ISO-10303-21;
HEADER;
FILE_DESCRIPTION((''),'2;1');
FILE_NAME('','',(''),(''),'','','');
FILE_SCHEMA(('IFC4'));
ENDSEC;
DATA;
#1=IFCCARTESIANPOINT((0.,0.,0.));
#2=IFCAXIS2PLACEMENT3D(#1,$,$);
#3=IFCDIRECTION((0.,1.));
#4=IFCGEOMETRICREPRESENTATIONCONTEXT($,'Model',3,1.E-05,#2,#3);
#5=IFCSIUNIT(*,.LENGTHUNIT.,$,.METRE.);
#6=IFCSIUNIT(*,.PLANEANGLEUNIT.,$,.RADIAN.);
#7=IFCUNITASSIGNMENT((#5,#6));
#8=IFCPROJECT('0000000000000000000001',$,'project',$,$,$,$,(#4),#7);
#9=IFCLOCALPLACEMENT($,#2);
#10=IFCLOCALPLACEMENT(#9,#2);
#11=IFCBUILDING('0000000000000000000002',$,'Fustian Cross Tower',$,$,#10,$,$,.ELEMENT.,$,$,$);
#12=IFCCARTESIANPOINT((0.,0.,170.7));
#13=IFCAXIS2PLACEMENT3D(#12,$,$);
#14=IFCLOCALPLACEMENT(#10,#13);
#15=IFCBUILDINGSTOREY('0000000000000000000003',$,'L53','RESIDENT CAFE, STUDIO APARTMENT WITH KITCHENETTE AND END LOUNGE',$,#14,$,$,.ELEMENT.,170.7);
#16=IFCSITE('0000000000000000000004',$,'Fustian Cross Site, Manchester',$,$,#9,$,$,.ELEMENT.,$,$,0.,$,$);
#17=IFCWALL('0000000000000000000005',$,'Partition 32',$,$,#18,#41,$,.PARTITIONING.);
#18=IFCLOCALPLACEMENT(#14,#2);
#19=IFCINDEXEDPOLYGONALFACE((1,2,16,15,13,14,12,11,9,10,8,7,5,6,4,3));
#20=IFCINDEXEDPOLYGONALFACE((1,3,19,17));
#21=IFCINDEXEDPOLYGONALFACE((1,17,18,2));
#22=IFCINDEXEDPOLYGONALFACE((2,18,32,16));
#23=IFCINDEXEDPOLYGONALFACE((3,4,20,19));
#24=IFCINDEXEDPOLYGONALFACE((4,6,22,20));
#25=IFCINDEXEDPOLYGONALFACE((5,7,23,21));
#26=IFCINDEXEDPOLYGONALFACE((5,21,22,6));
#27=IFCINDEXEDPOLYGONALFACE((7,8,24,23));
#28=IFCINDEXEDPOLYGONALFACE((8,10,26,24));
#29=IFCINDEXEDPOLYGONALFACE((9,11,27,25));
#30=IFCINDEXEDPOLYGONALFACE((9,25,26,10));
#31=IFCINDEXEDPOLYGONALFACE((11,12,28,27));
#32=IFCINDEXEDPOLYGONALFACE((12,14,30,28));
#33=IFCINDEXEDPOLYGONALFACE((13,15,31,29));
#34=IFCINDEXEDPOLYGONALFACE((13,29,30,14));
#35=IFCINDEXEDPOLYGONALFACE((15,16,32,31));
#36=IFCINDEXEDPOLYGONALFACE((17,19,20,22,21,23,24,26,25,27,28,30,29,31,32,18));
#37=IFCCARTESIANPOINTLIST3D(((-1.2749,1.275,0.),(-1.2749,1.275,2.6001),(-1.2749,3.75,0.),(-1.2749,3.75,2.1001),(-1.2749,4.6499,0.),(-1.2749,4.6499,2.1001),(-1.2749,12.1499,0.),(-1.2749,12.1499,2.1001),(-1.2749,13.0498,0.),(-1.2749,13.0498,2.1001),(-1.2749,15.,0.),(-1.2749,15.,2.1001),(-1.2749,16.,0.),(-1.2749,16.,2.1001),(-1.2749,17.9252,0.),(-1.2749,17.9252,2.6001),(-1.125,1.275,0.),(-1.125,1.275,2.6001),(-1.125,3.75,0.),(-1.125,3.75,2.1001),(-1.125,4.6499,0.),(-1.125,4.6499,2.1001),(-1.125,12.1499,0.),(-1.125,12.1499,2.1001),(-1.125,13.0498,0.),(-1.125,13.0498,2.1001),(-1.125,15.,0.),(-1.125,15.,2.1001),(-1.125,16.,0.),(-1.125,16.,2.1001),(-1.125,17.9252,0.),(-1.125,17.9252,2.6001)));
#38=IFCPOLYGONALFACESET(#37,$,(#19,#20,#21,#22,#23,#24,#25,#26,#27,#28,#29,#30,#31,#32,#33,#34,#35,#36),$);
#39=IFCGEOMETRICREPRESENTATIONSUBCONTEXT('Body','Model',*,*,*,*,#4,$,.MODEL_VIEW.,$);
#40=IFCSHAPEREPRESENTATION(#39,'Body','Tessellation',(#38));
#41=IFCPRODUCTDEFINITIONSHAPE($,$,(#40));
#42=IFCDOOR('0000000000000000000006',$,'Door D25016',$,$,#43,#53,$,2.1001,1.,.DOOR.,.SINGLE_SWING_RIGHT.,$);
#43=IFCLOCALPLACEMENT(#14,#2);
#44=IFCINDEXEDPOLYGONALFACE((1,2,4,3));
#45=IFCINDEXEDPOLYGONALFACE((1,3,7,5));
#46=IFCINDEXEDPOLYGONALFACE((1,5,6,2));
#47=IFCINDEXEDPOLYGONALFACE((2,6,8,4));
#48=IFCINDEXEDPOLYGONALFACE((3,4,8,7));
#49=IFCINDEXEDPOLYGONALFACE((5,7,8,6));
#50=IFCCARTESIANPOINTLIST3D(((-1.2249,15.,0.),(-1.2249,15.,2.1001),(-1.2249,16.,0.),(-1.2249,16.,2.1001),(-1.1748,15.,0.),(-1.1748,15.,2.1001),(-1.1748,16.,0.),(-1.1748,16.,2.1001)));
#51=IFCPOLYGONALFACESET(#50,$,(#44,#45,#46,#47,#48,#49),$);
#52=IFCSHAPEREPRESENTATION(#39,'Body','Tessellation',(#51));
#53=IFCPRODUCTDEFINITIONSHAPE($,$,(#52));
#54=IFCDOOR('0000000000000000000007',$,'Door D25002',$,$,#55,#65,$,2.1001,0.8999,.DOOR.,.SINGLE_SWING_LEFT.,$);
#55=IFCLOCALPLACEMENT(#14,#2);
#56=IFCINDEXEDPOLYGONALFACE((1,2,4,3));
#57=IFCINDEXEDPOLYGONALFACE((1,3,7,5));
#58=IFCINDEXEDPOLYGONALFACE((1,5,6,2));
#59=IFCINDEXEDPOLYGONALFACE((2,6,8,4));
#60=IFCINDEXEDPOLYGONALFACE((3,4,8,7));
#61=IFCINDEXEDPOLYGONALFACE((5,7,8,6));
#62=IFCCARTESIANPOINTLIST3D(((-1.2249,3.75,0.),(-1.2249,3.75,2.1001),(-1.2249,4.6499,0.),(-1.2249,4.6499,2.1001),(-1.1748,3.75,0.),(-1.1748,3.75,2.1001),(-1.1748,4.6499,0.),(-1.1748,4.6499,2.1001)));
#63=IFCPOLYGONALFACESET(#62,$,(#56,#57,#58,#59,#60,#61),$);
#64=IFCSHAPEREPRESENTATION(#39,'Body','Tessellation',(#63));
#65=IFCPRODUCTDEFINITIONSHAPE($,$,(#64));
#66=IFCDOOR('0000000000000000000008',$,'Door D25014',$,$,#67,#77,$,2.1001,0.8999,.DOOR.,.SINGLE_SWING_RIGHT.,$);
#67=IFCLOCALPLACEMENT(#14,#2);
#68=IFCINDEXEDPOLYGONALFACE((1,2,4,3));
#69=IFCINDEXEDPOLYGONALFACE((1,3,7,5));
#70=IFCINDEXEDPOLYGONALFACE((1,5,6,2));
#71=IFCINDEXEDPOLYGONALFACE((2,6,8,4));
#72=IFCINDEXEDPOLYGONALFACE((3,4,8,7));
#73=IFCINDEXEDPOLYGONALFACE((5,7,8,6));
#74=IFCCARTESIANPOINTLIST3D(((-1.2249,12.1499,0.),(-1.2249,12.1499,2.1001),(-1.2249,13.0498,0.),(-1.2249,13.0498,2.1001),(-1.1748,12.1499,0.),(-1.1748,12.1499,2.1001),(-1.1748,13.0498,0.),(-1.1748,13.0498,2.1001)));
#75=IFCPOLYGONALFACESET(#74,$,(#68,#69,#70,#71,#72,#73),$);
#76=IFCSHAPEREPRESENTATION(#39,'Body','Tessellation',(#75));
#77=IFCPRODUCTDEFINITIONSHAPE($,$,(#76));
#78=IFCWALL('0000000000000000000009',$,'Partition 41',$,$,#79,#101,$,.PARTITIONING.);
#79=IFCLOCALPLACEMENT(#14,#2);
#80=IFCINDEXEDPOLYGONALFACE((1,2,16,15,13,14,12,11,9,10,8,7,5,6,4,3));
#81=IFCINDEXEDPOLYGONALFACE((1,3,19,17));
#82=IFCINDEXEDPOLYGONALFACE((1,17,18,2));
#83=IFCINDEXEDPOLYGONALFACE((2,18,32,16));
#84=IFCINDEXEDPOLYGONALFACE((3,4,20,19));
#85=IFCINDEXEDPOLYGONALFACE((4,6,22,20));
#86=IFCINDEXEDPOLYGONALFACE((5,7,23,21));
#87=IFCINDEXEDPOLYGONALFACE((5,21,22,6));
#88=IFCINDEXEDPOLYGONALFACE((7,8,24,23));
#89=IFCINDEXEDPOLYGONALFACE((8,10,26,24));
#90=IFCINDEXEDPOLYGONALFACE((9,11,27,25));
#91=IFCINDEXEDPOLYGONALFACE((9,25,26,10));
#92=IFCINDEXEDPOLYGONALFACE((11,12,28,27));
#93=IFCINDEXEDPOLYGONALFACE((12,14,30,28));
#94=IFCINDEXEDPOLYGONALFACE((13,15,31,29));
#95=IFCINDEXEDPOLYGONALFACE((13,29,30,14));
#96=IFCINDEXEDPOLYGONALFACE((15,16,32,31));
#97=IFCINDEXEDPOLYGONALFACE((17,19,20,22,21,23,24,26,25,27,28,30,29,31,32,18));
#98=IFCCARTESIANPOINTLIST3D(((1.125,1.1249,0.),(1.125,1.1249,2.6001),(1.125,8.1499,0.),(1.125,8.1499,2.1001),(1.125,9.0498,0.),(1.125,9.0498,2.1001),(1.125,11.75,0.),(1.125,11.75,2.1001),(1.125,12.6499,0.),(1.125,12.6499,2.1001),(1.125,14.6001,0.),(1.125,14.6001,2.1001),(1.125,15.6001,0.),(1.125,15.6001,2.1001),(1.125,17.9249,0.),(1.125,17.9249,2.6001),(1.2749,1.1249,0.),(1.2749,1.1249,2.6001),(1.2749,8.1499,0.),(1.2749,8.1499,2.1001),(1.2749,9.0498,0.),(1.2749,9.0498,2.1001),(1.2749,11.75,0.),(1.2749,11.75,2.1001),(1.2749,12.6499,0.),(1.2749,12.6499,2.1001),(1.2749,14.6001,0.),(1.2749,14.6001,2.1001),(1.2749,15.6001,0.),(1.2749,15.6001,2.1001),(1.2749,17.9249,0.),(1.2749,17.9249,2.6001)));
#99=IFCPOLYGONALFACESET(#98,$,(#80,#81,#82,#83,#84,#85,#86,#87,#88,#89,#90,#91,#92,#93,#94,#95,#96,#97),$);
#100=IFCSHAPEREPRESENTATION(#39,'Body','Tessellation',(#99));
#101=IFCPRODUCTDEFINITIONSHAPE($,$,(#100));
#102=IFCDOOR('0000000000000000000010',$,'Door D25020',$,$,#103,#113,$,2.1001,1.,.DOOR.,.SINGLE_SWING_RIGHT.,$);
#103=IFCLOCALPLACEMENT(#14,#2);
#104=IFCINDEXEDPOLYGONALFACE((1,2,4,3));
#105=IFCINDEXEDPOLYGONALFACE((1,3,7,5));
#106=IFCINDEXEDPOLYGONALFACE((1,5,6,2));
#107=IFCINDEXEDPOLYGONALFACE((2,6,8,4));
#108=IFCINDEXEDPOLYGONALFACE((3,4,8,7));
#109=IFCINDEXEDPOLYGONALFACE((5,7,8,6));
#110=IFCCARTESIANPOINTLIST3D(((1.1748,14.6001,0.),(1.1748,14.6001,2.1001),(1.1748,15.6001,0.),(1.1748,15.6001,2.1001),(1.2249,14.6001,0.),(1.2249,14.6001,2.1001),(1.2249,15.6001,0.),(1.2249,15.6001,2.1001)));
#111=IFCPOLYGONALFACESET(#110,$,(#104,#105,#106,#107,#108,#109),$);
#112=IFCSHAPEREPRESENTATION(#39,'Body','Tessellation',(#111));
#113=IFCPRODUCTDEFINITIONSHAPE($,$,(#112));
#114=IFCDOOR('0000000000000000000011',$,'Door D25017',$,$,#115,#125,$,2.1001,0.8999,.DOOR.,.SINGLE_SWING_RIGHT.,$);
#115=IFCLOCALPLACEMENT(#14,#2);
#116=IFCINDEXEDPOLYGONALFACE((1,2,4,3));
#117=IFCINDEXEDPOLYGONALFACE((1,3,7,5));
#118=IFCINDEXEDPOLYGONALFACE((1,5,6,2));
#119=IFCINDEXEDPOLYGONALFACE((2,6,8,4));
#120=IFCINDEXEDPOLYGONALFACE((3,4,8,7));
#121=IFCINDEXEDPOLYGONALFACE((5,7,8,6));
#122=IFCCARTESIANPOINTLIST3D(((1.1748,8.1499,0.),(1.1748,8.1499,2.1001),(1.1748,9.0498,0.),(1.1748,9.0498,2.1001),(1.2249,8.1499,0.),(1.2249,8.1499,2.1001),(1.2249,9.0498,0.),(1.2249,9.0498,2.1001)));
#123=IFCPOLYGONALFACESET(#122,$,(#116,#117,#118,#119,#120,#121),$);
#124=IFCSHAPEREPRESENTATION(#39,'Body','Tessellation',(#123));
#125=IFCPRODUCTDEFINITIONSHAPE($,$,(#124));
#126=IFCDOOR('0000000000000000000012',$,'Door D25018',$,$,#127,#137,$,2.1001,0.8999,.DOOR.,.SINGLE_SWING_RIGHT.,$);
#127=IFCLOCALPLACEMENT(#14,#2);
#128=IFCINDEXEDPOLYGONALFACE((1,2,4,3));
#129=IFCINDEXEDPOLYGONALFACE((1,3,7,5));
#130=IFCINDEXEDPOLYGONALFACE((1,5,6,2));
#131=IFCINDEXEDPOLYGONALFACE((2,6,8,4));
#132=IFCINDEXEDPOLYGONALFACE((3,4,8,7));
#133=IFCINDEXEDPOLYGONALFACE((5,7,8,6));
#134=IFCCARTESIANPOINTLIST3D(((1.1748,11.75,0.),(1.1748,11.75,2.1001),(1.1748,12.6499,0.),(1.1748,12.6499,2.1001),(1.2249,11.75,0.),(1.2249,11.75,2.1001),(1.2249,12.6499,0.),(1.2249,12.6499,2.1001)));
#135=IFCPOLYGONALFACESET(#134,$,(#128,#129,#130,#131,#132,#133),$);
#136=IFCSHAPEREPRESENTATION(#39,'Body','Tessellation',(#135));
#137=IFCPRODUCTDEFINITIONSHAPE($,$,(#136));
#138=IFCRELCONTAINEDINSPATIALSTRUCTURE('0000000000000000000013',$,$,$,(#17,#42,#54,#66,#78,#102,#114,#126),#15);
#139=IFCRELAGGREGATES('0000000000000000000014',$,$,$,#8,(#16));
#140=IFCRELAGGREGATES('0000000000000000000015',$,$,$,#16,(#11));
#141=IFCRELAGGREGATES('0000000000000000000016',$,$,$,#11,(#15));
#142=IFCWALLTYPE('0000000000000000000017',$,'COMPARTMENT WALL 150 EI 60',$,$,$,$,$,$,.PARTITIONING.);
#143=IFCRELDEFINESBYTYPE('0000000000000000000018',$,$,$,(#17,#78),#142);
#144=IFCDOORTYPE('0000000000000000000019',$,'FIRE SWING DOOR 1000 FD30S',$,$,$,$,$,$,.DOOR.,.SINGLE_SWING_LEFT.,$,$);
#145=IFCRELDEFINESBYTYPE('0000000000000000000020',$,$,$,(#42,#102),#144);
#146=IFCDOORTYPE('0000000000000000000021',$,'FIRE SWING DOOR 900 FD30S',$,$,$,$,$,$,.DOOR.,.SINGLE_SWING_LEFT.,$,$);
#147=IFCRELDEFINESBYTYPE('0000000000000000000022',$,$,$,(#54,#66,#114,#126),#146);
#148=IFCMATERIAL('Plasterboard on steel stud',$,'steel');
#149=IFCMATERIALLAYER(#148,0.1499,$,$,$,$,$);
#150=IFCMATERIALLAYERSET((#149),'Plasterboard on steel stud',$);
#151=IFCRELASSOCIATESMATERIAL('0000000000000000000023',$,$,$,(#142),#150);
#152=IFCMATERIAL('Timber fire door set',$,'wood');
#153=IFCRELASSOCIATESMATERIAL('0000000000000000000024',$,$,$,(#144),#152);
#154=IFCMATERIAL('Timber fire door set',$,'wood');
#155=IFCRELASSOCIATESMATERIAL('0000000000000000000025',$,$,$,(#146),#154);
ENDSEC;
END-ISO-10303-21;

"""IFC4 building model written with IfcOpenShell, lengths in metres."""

from ifc_helpers import new_model, si_unit, direction, frame, frame_2d, origin, place, context, subcontext, project, spatial, rectangle, extrude, material, layer, layer_set, type_object, element, fill, save


model = new_model("IFC4")

# Units and contexts
model_context = context("Model", 3, precision=1e-05, world=origin(), true_north=direction((0.0, 1.0)))
body_context = subcontext(model_context, "Body", "Model", "MODEL_VIEW")
ifc_project = project(units=[si_unit("LENGTHUNIT", "METRE"), si_unit("PLANEANGLEUNIT", "RADIAN")], contexts=[model_context])

# Site, building, storey
site_placement = place(None, origin())
site = spatial("IfcSite", under=ifc_project, at=site_placement, Name="Fustian Cross Site, Manchester", CompositionType="ELEMENT", RefElevation=0.0)
building_placement = place(site_placement, origin())
building = spatial("IfcBuilding", under=site, at=building_placement, Name="Fustian Cross Tower", CompositionType="ELEMENT")
storey_placement = place(building_placement, frame((0.0, 0.0, 170.7)))
storey = spatial("IfcBuildingStorey", under=building, at=storey_placement, Name="L53", Description="RESIDENT CAFE, STUDIO APARTMENT WITH KITCHENETTE AND END LOUNGE", CompositionType="ELEMENT", Elevation=170.7)

# Walls, openings, doors
ifc_material_1 = material(Name="Plasterboard on steel stud", Category="steel")
ifc_layer_1 = layer(ifc_material_1, 0.1499)
ifc_layer_set_1 = layer_set([ifc_layer_1], Name="Plasterboard on steel stud")
wall_type_1 = type_object("IfcWallType", Name="COMPARTMENT WALL 150 EI 60", PredefinedType="PARTITIONING", material=ifc_layer_set_1)
wall_1_placement = place(storey_placement, frame((-1.2, 1.2749, 0.0), z_axis=(0.0, 0.0, 1.0), x_axis=(0.0, 1.0, 0.0)))
wall_1 = element("IfcWall", 1, at=wall_1_placement, inside=storey, type_object=wall_type_1, Name="Partition 32", PredefinedType="PARTITIONING", context=body_context, shape_type="SweptSolid", body=[
    extrude(rectangle(XDim=16.6501, YDim=0.1499, at=frame_2d((8.3252, 0.0))), origin(), (0.0, 0.0, 1.0), 2.6001),
])
opening_1_placement = place(wall_1_placement, frame((2.4751, 0.0, 0.0)))
opening_1 = element("IfcOpeningElement", 2, at=opening_1_placement, cuts=wall_1, PredefinedType="OPENING", context=body_context, shape_type="SweptSolid", body=[
    extrude(rectangle(XDim=0.8999, YDim=2.1001, at=frame_2d((0.45, 1.05))), frame((0.0, 0.085, 0.0), z_axis=(0.0, -1.0, 0.0), x_axis=(1.0, 0.0, 0.0)), (0.0, 0.0, 1.0), 0.1699),
])
opening_2_placement = place(wall_1_placement, frame((10.875, 0.0, 0.0)))
opening_2 = element("IfcOpeningElement", 3, at=opening_2_placement, cuts=wall_1, PredefinedType="OPENING", context=body_context, shape_type="SweptSolid", body=[
    extrude(rectangle(XDim=0.8999, YDim=2.1001, at=frame_2d((0.45, 1.05))), frame((0.0, 0.085, 0.0), z_axis=(0.0, -1.0, 0.0), x_axis=(1.0, 0.0, 0.0)), (0.0, 0.0, 1.0), 0.1699),
])
opening_3_placement = place(wall_1_placement, frame((13.7251, 0.0, 0.0)))
opening_3 = element("IfcOpeningElement", 4, at=opening_3_placement, cuts=wall_1, PredefinedType="OPENING", context=body_context, shape_type="SweptSolid", body=[
    extrude(rectangle(XDim=1.0, YDim=2.1001, at=frame_2d((0.5, 1.05))), frame((0.0, 0.085, 0.0), z_axis=(0.0, -1.0, 0.0), x_axis=(1.0, 0.0, 0.0)), (0.0, 0.0, 1.0), 0.1699),
])
ifc_material_2 = material(Name="Timber fire door set", Category="wood")
door_type_1 = type_object("IfcDoorType", Name="FIRE SWING DOOR 1000 FD30S", OperationType="SINGLE_SWING_LEFT", PredefinedType="DOOR", material=ifc_material_2)
door_1_placement = place(opening_3_placement, origin())
door_1 = element("IfcDoor", 5, at=door_1_placement, inside=storey, type_object=door_type_1, Name="Door D25016", OperationType="SINGLE_SWING_RIGHT", OverallHeight=2.1001, OverallWidth=1.0, PredefinedType="DOOR", context=body_context, shape_type="SweptSolid", body=[
    extrude(rectangle(XDim=1.0, YDim=2.1001, at=frame_2d((0.5, 1.05))), frame((0.0, 0.0249, 0.0), z_axis=(0.0, -1.0, 0.0), x_axis=(1.0, 0.0, 0.0)), (0.0, 0.0, 1.0), 0.05),
])
fill(opening_3, door_1)
ifc_material_3 = material(Name="Timber fire door set", Category="wood")
door_type_2 = type_object("IfcDoorType", Name="FIRE SWING DOOR 900 FD30S", OperationType="SINGLE_SWING_LEFT", PredefinedType="DOOR", material=ifc_material_3)
door_2_placement = place(opening_1_placement, origin())
door_2 = element("IfcDoor", 6, at=door_2_placement, inside=storey, type_object=door_type_2, Name="Door D25002", OperationType="SINGLE_SWING_LEFT", OverallHeight=2.1001, OverallWidth=0.8999, PredefinedType="DOOR", context=body_context, shape_type="SweptSolid", body=[
    extrude(rectangle(XDim=0.8999, YDim=2.1001, at=frame_2d((0.45, 1.05))), frame((0.0, 0.0249, 0.0), z_axis=(0.0, -1.0, 0.0), x_axis=(1.0, 0.0, 0.0)), (0.0, 0.0, 1.0), 0.05),
])
fill(opening_1, door_2)
door_3_placement = place(opening_2_placement, origin())
door_3 = element("IfcDoor", 7, at=door_3_placement, inside=storey, type_object=door_type_2, Name="Door D25014", OperationType="SINGLE_SWING_RIGHT", OverallHeight=2.1001, OverallWidth=0.8999, PredefinedType="DOOR", context=body_context, shape_type="SweptSolid", body=[
    extrude(rectangle(XDim=0.8999, YDim=2.1001, at=frame_2d((0.45, 1.05))), frame((0.0, 0.0249, 0.0), z_axis=(0.0, -1.0, 0.0), x_axis=(1.0, 0.0, 0.0)), (0.0, 0.0, 1.0), 0.05),
])
fill(opening_2, door_3)
wall_2_placement = place(storey_placement, frame((1.2, 1.125, 0.0), z_axis=(0.0, 0.0, 1.0), x_axis=(0.0, 1.0, 0.0)))
wall_2 = element("IfcWall", 8, at=wall_2_placement, inside=storey, type_object=wall_type_1, Name="Partition 41", PredefinedType="PARTITIONING", context=body_context, shape_type="SweptSolid", body=[
    extrude(rectangle(XDim=16.8, YDim=0.1499, at=frame_2d((8.3999, 0.0))), origin(), (0.0, 0.0, 1.0), 2.6001),
])
opening_4_placement = place(wall_2_placement, frame((7.0249, 0.0, 0.0)))
opening_4 = element("IfcOpeningElement", 9, at=opening_4_placement, cuts=wall_2, PredefinedType="OPENING", context=body_context, shape_type="SweptSolid", body=[
    extrude(rectangle(XDim=0.8999, YDim=2.1001, at=frame_2d((0.45, 1.05))), frame((0.0, 0.085, 0.0), z_axis=(0.0, -1.0, 0.0), x_axis=(1.0, 0.0, 0.0)), (0.0, 0.0, 1.0), 0.1699),
])
opening_5_placement = place(wall_2_placement, frame((10.625, 0.0, 0.0)))
opening_5 = element("IfcOpeningElement", 10, at=opening_5_placement, cuts=wall_2, PredefinedType="OPENING", context=body_context, shape_type="SweptSolid", body=[
    extrude(rectangle(XDim=0.8999, YDim=2.1001, at=frame_2d((0.45, 1.05))), frame((0.0, 0.085, 0.0), z_axis=(0.0, -1.0, 0.0), x_axis=(1.0, 0.0, 0.0)), (0.0, 0.0, 1.0), 0.1699),
])
opening_6_placement = place(wall_2_placement, frame((13.4751, 0.0, 0.0)))
opening_6 = element("IfcOpeningElement", 11, at=opening_6_placement, cuts=wall_2, PredefinedType="OPENING", context=body_context, shape_type="SweptSolid", body=[
    extrude(rectangle(XDim=1.0, YDim=2.1001, at=frame_2d((0.5, 1.05))), frame((0.0, 0.085, 0.0), z_axis=(0.0, -1.0, 0.0), x_axis=(1.0, 0.0, 0.0)), (0.0, 0.0, 1.0), 0.1699),
])
door_4_placement = place(opening_6_placement, frame((1.0, 0.0, 0.0), z_axis=(0.0, 0.0, 1.0), x_axis=(-1.0, 0.0, 0.0)))
door_4 = element("IfcDoor", 12, at=door_4_placement, inside=storey, type_object=door_type_1, Name="Door D25020", OperationType="SINGLE_SWING_RIGHT", OverallHeight=2.1001, OverallWidth=1.0, PredefinedType="DOOR", context=body_context, shape_type="SweptSolid", body=[
    extrude(rectangle(XDim=1.0, YDim=2.1001, at=frame_2d((0.5, 1.05))), frame((0.0, 0.0249, 0.0), z_axis=(0.0, -1.0, 0.0), x_axis=(1.0, 0.0, 0.0)), (0.0, 0.0, 1.0), 0.05),
])
fill(opening_6, door_4)
door_5_placement = place(opening_4_placement, frame((0.8999, 0.0, 0.0), z_axis=(0.0, 0.0, 1.0), x_axis=(-1.0, 0.0, 0.0)))
door_5 = element("IfcDoor", 13, at=door_5_placement, inside=storey, type_object=door_type_2, Name="Door D25017", OperationType="SINGLE_SWING_RIGHT", OverallHeight=2.1001, OverallWidth=0.8999, PredefinedType="DOOR", context=body_context, shape_type="SweptSolid", body=[
    extrude(rectangle(XDim=0.8999, YDim=2.1001, at=frame_2d((0.45, 1.05))), frame((0.0, 0.0249, 0.0), z_axis=(0.0, -1.0, 0.0), x_axis=(1.0, 0.0, 0.0)), (0.0, 0.0, 1.0), 0.05),
])
fill(opening_4, door_5)
door_6_placement = place(opening_5_placement, frame((0.8999, 0.0, 0.0), z_axis=(0.0, 0.0, 1.0), x_axis=(-1.0, 0.0, 0.0)))
door_6 = element("IfcDoor", 14, at=door_6_placement, inside=storey, type_object=door_type_2, Name="Door D25018", OperationType="SINGLE_SWING_RIGHT", OverallHeight=2.1001, OverallWidth=0.8999, PredefinedType="DOOR", context=body_context, shape_type="SweptSolid", body=[
    extrude(rectangle(XDim=0.8999, YDim=2.1001, at=frame_2d((0.45, 1.05))), frame((0.0, 0.0249, 0.0), z_axis=(0.0, -1.0, 0.0), x_axis=(1.0, 0.0, 0.0)), (0.0, 0.0, 1.0), 0.05),
])
fill(opening_5, door_6)

save(model, "model.ifc")
